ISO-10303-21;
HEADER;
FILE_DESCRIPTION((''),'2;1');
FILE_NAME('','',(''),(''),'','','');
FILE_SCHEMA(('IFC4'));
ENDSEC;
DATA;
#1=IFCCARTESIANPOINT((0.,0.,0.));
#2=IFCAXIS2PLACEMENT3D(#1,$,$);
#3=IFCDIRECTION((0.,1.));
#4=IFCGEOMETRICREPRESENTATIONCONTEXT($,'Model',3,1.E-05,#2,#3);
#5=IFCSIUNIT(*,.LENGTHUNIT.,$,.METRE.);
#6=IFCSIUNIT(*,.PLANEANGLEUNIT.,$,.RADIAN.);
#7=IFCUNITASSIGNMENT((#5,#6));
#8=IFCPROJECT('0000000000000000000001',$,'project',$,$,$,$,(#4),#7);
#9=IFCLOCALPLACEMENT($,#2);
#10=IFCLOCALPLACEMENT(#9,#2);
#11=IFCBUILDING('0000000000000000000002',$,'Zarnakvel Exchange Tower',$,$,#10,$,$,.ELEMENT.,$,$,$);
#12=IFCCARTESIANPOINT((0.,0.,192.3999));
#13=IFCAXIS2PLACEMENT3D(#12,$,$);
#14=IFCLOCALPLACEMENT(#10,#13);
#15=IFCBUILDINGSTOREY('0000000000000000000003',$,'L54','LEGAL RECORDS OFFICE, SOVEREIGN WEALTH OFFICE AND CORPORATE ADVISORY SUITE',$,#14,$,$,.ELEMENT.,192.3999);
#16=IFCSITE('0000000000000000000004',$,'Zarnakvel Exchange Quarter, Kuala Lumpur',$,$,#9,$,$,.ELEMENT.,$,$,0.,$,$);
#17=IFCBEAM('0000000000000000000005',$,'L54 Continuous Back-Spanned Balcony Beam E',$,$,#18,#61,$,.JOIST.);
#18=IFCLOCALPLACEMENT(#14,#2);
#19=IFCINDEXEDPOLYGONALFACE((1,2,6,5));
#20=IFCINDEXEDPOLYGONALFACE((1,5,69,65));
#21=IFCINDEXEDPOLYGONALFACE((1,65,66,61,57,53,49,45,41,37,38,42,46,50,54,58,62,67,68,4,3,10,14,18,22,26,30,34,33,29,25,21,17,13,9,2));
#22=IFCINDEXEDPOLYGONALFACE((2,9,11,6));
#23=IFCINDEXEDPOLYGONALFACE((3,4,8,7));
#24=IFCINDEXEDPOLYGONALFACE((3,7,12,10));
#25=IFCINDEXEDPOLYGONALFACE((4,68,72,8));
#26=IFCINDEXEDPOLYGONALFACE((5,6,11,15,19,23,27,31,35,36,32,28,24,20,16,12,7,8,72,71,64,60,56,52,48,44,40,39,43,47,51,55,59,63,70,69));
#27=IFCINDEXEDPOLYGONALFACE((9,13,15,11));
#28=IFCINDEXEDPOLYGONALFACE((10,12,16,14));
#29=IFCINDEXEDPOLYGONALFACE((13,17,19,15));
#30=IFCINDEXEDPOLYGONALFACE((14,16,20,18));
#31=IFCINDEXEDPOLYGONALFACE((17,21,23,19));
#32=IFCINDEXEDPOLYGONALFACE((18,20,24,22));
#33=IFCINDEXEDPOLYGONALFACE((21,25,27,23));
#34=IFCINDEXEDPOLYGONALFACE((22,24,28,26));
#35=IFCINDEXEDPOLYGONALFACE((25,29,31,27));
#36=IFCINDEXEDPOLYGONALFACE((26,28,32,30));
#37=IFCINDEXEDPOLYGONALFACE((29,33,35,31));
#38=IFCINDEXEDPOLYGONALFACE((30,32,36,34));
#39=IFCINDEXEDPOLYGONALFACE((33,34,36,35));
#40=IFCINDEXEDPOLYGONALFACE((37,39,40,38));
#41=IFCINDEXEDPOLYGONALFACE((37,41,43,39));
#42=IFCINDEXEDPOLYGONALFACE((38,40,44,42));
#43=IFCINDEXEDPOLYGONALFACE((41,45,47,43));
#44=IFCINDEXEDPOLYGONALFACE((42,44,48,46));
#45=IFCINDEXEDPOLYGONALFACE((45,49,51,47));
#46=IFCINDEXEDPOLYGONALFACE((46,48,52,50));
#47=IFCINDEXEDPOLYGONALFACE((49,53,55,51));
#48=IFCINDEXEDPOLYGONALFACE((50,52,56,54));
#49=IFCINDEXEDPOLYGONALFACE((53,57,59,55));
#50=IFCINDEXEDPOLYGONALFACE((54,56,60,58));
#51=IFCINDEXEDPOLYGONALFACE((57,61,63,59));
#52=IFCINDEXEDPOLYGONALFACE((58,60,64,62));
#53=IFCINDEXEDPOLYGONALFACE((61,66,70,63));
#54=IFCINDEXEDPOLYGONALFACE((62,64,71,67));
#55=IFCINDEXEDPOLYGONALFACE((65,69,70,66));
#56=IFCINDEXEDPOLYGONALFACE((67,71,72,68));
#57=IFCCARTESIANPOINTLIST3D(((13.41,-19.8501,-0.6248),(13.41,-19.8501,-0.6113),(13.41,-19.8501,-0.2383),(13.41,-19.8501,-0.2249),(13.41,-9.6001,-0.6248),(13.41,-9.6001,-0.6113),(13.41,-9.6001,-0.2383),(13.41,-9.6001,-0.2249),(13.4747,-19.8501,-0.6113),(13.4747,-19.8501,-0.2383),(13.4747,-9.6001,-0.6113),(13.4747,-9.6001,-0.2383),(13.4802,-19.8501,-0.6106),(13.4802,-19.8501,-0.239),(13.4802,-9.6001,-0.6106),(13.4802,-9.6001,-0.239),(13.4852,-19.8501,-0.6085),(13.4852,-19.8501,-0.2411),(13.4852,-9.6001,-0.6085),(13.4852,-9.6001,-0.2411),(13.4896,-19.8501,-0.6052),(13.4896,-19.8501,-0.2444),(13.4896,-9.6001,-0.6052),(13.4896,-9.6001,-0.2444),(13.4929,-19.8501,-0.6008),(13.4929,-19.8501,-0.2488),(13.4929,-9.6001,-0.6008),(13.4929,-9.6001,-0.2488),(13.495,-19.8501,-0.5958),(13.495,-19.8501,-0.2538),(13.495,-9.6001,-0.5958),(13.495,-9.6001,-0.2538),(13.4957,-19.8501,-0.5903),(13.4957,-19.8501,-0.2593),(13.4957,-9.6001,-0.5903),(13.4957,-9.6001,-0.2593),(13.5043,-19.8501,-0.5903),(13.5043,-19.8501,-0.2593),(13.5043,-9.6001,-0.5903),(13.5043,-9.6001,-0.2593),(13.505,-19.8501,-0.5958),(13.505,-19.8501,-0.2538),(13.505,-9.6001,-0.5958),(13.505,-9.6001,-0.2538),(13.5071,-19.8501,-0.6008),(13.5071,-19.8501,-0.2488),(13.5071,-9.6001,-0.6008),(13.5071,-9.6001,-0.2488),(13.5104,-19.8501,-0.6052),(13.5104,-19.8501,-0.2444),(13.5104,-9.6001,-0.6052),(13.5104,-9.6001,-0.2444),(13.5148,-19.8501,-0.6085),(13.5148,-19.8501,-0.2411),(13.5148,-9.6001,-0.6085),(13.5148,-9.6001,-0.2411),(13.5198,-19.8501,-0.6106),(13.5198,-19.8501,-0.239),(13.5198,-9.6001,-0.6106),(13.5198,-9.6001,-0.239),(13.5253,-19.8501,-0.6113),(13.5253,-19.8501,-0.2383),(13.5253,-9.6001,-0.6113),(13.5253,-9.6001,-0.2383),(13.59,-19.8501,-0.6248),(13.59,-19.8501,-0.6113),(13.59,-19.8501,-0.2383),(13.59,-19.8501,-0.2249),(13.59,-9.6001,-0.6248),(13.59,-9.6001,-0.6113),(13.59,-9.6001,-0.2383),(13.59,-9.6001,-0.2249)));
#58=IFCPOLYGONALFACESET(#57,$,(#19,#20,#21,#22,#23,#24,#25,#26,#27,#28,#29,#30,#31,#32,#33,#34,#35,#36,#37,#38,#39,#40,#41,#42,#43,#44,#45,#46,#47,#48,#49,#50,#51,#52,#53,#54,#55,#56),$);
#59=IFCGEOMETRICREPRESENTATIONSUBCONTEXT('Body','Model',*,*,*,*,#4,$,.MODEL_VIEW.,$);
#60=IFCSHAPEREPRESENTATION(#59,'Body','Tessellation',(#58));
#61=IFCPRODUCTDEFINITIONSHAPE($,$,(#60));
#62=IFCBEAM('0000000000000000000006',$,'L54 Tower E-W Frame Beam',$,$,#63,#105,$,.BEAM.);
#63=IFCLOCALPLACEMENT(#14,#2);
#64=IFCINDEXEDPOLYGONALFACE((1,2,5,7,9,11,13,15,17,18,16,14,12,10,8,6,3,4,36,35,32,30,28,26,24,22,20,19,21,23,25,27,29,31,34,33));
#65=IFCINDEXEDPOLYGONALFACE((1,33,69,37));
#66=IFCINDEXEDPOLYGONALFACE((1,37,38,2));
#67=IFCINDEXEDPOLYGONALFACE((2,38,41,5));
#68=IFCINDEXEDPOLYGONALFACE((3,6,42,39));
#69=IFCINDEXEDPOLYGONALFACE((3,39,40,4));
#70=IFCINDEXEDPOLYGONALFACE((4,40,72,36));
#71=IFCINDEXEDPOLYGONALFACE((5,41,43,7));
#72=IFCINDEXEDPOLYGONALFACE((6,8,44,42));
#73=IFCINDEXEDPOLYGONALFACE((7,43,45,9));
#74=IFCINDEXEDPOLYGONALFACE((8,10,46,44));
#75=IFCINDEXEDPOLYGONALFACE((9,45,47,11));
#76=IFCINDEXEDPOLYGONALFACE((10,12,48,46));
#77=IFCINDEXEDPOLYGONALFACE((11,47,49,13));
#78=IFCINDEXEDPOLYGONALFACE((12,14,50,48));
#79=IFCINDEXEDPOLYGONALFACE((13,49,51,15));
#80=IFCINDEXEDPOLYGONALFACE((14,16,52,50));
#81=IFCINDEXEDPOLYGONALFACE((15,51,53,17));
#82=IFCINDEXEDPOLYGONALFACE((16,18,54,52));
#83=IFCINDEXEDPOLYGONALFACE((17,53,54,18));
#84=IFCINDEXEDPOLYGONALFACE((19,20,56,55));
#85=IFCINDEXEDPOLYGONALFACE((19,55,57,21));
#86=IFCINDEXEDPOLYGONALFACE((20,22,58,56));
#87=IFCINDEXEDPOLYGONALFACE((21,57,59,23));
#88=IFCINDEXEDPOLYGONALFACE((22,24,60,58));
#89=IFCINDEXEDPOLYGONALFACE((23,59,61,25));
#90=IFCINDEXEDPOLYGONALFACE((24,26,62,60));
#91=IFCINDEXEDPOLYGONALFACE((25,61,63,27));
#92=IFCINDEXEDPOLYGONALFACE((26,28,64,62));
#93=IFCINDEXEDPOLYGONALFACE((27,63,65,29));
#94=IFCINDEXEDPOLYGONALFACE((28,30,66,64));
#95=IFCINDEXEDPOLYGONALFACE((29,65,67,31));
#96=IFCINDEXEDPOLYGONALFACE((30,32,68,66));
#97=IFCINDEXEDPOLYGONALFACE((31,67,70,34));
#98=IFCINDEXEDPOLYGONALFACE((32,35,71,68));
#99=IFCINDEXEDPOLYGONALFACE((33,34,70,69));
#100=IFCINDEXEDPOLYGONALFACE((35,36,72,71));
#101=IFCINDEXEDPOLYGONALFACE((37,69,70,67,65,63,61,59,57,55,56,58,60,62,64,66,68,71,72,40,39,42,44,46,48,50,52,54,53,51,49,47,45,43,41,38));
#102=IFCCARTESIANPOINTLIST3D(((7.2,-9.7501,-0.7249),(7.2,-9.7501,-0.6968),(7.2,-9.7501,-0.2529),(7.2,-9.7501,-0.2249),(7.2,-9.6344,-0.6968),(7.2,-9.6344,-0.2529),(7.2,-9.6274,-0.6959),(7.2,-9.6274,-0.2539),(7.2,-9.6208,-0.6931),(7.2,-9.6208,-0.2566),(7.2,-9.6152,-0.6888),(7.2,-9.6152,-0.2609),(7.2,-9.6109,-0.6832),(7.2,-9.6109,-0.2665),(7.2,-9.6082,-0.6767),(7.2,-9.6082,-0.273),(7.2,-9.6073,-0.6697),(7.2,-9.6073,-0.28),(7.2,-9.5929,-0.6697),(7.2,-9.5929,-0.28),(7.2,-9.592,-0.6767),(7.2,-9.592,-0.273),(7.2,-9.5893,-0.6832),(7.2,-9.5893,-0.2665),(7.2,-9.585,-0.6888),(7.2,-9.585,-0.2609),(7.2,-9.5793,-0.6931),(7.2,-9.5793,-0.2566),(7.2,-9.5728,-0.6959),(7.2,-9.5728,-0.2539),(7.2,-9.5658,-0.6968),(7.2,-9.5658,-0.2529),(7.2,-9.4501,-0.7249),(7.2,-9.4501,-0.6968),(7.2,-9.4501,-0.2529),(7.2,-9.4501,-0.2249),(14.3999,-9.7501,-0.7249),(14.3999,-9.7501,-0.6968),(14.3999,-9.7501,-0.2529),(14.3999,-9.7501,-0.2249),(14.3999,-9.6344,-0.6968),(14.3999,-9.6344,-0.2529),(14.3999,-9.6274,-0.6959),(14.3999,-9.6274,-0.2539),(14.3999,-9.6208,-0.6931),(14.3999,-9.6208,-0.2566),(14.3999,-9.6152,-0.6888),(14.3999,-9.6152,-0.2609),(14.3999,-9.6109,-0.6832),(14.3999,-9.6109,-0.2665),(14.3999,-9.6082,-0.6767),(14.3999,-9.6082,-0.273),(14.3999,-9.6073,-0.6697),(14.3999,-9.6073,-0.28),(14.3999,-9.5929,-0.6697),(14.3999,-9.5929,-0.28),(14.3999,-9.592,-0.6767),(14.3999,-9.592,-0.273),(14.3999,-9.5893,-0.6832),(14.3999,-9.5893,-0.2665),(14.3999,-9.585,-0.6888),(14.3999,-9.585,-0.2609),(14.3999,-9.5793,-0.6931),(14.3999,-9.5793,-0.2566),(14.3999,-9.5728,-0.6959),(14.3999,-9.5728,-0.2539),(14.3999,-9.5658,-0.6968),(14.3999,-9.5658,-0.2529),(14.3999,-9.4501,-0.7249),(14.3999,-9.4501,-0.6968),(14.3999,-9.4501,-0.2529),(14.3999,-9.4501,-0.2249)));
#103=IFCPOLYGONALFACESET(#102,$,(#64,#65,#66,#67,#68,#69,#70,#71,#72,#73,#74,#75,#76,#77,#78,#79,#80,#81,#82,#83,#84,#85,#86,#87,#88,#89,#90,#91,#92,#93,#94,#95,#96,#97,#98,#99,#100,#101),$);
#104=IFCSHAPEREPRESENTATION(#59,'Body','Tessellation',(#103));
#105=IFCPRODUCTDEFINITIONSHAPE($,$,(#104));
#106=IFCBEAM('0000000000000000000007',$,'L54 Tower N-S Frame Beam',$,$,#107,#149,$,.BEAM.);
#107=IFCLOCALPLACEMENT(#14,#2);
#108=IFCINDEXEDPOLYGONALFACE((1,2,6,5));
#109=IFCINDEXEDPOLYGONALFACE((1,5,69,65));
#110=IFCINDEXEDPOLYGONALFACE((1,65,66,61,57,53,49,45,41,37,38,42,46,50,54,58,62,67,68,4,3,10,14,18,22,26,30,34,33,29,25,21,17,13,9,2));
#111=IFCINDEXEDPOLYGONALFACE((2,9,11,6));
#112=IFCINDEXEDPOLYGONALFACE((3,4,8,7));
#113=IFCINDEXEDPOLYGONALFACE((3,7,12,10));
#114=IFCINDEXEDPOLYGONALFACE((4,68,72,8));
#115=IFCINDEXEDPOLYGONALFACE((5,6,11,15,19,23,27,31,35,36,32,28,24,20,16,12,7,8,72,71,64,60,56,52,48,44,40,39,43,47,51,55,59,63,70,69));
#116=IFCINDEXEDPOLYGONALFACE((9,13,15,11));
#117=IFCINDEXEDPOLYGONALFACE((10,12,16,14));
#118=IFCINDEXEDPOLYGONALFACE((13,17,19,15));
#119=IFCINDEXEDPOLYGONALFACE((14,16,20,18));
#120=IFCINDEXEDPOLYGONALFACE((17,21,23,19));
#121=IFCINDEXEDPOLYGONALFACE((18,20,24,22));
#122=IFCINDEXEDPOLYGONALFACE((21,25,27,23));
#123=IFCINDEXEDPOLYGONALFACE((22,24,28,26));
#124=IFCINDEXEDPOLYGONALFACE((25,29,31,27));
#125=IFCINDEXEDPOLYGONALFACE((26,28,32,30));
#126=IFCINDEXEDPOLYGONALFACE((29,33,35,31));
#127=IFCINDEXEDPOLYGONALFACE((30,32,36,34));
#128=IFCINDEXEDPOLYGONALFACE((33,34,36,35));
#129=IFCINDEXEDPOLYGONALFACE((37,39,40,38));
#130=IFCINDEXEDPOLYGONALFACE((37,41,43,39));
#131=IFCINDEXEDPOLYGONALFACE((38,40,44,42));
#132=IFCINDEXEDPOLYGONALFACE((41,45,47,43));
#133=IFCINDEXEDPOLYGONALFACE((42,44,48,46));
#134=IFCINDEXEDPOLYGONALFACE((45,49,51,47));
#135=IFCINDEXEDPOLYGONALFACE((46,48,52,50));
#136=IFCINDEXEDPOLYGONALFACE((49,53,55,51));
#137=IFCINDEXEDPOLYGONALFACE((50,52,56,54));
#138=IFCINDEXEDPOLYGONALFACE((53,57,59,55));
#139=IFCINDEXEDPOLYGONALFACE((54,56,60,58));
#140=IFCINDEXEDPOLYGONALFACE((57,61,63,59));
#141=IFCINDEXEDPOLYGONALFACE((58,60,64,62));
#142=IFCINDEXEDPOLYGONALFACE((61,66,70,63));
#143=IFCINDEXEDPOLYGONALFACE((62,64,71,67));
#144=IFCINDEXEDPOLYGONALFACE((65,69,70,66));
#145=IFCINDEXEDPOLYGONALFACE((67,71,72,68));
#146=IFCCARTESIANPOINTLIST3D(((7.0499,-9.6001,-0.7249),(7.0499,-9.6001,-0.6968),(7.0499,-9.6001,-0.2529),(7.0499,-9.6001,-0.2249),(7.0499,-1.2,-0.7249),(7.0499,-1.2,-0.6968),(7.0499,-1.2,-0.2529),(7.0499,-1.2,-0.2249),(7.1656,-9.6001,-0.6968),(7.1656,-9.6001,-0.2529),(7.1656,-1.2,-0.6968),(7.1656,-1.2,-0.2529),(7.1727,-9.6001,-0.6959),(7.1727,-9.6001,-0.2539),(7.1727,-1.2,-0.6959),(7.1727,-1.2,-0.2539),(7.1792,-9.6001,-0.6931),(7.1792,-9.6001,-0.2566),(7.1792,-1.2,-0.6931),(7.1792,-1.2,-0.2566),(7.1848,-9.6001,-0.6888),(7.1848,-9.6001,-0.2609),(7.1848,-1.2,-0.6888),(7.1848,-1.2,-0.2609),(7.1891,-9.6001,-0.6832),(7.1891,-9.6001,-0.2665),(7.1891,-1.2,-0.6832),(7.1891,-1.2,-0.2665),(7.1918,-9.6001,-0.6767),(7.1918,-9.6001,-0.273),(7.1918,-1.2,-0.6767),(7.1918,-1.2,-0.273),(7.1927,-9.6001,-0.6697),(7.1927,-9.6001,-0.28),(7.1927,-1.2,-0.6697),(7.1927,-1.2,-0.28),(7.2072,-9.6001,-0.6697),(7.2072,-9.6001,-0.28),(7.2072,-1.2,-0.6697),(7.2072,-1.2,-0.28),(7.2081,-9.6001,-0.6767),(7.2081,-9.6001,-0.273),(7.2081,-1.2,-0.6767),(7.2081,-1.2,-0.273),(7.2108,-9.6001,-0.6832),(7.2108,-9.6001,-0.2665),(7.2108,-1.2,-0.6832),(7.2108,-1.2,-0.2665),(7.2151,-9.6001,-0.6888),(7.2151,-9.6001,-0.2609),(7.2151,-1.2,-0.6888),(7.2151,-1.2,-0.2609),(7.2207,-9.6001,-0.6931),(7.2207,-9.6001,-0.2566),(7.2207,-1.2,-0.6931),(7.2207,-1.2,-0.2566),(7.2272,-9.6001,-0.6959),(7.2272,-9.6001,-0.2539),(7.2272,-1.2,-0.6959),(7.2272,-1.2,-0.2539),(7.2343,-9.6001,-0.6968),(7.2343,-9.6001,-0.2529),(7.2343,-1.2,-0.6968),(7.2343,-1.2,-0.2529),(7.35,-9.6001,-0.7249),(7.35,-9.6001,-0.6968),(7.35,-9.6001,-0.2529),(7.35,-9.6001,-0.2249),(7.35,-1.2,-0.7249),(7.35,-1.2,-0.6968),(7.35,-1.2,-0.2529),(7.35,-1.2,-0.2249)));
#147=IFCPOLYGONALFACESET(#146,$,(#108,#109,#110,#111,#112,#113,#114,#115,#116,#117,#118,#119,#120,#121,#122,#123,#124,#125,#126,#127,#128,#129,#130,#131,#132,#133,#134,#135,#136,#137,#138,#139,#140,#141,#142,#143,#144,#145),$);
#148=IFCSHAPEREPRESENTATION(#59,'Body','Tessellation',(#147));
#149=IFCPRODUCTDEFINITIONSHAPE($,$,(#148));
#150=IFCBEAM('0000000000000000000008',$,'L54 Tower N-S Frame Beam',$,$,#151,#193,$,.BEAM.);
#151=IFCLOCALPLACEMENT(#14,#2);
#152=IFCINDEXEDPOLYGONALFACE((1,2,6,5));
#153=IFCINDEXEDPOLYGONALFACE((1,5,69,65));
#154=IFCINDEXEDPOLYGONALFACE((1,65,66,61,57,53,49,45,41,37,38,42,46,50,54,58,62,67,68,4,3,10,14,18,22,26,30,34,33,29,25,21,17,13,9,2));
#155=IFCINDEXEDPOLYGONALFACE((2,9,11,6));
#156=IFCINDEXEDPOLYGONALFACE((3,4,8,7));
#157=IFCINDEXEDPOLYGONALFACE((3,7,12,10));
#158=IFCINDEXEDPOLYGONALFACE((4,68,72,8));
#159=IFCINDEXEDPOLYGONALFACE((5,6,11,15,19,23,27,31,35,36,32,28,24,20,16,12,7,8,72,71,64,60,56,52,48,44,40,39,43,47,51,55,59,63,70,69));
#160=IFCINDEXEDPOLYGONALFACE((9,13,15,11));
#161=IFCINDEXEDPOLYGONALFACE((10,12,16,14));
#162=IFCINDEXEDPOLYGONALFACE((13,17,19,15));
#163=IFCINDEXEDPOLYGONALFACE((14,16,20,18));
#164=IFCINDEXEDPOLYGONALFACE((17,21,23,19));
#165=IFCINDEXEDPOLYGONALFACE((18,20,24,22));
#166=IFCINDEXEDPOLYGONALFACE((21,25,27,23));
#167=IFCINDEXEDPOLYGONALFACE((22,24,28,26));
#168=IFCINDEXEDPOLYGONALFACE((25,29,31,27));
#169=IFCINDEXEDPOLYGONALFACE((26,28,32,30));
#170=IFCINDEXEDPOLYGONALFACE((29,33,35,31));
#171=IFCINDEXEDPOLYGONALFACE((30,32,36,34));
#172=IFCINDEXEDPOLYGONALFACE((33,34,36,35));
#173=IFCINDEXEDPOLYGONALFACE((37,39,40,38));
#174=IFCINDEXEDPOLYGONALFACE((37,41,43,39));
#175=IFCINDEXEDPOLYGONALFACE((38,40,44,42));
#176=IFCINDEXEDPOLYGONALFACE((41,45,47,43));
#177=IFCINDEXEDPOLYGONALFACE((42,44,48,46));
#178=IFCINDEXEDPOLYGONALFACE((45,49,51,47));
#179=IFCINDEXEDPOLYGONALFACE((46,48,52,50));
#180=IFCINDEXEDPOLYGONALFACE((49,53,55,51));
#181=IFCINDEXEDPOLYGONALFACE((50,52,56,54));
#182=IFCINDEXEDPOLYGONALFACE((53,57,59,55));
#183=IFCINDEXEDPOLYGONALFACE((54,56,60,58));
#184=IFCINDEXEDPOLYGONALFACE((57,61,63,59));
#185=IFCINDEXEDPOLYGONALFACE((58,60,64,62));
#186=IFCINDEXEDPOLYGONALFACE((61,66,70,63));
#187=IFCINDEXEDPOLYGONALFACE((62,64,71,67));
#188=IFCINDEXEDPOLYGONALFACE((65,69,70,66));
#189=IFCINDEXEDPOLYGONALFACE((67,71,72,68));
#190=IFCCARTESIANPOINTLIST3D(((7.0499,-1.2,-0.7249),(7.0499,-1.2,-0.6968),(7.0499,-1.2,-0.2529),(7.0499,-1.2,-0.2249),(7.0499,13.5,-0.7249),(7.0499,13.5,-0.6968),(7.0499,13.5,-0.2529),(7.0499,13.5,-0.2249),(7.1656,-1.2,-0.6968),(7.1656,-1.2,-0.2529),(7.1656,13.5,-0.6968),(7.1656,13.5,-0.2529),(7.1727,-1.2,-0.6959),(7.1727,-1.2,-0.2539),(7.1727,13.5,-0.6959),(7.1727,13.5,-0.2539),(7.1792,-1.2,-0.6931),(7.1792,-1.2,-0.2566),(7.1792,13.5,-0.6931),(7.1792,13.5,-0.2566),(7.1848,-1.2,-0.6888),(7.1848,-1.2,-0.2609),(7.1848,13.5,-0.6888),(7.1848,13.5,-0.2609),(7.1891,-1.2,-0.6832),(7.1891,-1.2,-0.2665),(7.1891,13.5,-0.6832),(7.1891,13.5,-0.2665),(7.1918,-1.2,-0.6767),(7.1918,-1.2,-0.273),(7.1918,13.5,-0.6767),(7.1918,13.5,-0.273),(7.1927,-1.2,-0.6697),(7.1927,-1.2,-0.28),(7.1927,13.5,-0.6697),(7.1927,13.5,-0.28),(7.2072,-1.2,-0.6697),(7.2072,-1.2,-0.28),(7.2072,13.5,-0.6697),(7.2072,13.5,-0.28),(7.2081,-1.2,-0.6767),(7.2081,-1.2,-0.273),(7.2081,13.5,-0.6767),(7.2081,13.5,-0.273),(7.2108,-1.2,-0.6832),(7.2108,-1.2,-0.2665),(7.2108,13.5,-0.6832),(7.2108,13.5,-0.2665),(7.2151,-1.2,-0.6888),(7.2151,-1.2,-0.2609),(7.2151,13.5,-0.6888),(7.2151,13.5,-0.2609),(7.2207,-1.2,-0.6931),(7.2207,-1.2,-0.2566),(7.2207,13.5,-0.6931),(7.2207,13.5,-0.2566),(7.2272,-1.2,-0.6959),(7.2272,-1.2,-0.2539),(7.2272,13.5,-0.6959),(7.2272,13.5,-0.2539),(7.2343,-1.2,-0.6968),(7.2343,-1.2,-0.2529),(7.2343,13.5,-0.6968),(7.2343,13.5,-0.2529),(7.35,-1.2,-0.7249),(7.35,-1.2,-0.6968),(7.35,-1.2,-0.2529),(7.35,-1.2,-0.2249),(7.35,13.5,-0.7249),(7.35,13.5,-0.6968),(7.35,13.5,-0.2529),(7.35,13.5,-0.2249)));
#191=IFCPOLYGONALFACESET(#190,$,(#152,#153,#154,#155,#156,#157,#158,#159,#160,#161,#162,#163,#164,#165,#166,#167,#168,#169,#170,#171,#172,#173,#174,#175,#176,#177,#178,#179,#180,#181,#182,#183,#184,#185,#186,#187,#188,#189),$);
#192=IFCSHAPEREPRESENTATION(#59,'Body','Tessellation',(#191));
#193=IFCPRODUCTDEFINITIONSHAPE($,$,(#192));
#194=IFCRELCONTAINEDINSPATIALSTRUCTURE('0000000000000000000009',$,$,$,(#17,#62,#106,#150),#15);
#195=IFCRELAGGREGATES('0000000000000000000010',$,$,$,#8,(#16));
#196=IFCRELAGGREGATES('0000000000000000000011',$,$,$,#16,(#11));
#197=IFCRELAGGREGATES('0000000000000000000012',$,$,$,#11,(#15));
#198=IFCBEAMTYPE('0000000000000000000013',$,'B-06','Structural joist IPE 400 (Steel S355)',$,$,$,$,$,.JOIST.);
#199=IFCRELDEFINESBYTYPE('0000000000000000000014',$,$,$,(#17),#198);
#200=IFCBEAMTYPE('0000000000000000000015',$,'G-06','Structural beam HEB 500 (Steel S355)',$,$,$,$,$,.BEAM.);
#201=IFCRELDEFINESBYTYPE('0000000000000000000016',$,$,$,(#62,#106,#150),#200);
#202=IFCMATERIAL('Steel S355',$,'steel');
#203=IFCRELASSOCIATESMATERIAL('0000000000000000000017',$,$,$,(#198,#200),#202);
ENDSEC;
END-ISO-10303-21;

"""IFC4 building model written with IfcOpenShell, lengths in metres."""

from ifc_helpers import new_model, si_unit, direction, frame, origin, origin_2d, place, context, subcontext, project, spatial, i_section, extrude, material, material_profile, profile_set, type_object, element, save


model = new_model("IFC4")

# Units and contexts
model_context = context("Model", 3, precision=1e-05, world=origin(), true_north=direction((0.0, 1.0)))
body_context = subcontext(model_context, "Body", "Model", "MODEL_VIEW")
ifc_project = project(units=[si_unit("LENGTHUNIT", "METRE"), si_unit("PLANEANGLEUNIT", "RADIAN")], contexts=[model_context])

# Site, building, storey
site_placement = place(None, origin())
site = spatial("IfcSite", under=ifc_project, at=site_placement, Name="Zarnakvel Exchange Quarter, Kuala Lumpur", CompositionType="ELEMENT", RefElevation=0.0)
building_placement = place(site_placement, origin())
building = spatial("IfcBuilding", under=site, at=building_placement, Name="Zarnakvel Exchange Tower", CompositionType="ELEMENT")
storey_placement = place(building_placement, frame((0.0, 0.0, 192.3999)))
storey = spatial("IfcBuildingStorey", under=building, at=storey_placement, Name="L54", Description="LEGAL RECORDS OFFICE, SOVEREIGN WEALTH OFFICE AND CORPORATE ADVISORY SUITE", CompositionType="ELEMENT", Elevation=192.3999)

# Beams
ifc_material_1 = material(Name="Steel S355", Category="steel")
ifc_material_profile_1 = material_profile(ifc_material_1, i_section(OverallWidth=0.1799, OverallDepth=0.3999, WebThickness=0.0085, FlangeThickness=0.0134, FilletRadius=0.021, at=origin_2d()))
ifc_profile_set_1 = profile_set([ifc_material_profile_1], Name="Steel S355")
beam_type_1 = type_object("IfcBeamType", Name="B-06", Description="Structural joist IPE 400 (Steel S355)", PredefinedType="JOIST", material=ifc_profile_set_1)
for number, where, z_axis, x_axis, name in (
    (1, (13.5, -9.6001, -0.4248), (0.0, -1.0, 0.0), (1.0, 0.0, 0.0), "L54 Continuous Back-Spanned Balcony Beam E"),
):
    element("IfcBeam", number, at=place(storey_placement, frame(where, z_axis=z_axis, x_axis=x_axis)), inside=storey, type_object=beam_type_1, Name=name, PredefinedType="JOIST", context=body_context, shape_type="SweptSolid", body=[
        extrude(i_section(OverallWidth=0.1799, OverallDepth=0.3999, WebThickness=0.0085, FlangeThickness=0.0134, FilletRadius=0.021, at=origin_2d()), origin(), (0.0, 0.0, 1.0), 10.25),
    ])
ifc_material_profile_2 = material_profile(ifc_material_1, i_section(OverallWidth=0.3, OverallDepth=0.5, WebThickness=0.0144, FlangeThickness=0.0281, FilletRadius=0.0271, at=origin_2d()))
ifc_profile_set_2 = profile_set([ifc_material_profile_2], Name="Steel S355")
beam_type_2 = type_object("IfcBeamType", Name="G-06", Description="Structural beam HEB 500 (Steel S355)", PredefinedType="BEAM", material=ifc_profile_set_2)
beam_1_placement = place(storey_placement, frame((7.2, -9.6001, -0.4749), z_axis=(1.0, 0.0, 0.0), x_axis=(0.0, 1.0, 0.0)))
element("IfcBeam", 2, at=beam_1_placement, inside=storey, type_object=beam_type_2, Name="L54 Tower E-W Frame Beam", PredefinedType="BEAM", context=body_context, shape_type="SweptSolid", body=[
    extrude(i_section(OverallWidth=0.3, OverallDepth=0.5, WebThickness=0.0144, FlangeThickness=0.0281, FilletRadius=0.0271, at=origin_2d()), origin(), (0.0, 0.0, 1.0), 7.2),
])
beam_2_placement = place(storey_placement, frame((7.2, -9.6001, -0.4749), z_axis=(0.0, 1.0, 0.0), x_axis=(-1.0, 0.0, 0.0)))
element("IfcBeam", 3, at=beam_2_placement, inside=storey, type_object=beam_type_2, Name="L54 Tower N-S Frame Beam", PredefinedType="BEAM", context=body_context, shape_type="SweptSolid", body=[
    extrude(i_section(OverallWidth=0.3, OverallDepth=0.5, WebThickness=0.0144, FlangeThickness=0.0281, FilletRadius=0.0271, at=origin_2d()), origin(), (0.0, 0.0, 1.0), 8.4001),
])
beam_3_placement = place(storey_placement, frame((7.2, -1.2, -0.4749), z_axis=(0.0, 1.0, 0.0), x_axis=(-1.0, 0.0, 0.0)))
element("IfcBeam", 4, at=beam_3_placement, inside=storey, type_object=beam_type_2, Name="L54 Tower N-S Frame Beam", PredefinedType="BEAM", context=body_context, shape_type="SweptSolid", body=[
    extrude(i_section(OverallWidth=0.3, OverallDepth=0.5, WebThickness=0.0144, FlangeThickness=0.0281, FilletRadius=0.0271, at=origin_2d()), origin(), (0.0, 0.0, 1.0), 14.7),
])

save(model, "model.ifc")
